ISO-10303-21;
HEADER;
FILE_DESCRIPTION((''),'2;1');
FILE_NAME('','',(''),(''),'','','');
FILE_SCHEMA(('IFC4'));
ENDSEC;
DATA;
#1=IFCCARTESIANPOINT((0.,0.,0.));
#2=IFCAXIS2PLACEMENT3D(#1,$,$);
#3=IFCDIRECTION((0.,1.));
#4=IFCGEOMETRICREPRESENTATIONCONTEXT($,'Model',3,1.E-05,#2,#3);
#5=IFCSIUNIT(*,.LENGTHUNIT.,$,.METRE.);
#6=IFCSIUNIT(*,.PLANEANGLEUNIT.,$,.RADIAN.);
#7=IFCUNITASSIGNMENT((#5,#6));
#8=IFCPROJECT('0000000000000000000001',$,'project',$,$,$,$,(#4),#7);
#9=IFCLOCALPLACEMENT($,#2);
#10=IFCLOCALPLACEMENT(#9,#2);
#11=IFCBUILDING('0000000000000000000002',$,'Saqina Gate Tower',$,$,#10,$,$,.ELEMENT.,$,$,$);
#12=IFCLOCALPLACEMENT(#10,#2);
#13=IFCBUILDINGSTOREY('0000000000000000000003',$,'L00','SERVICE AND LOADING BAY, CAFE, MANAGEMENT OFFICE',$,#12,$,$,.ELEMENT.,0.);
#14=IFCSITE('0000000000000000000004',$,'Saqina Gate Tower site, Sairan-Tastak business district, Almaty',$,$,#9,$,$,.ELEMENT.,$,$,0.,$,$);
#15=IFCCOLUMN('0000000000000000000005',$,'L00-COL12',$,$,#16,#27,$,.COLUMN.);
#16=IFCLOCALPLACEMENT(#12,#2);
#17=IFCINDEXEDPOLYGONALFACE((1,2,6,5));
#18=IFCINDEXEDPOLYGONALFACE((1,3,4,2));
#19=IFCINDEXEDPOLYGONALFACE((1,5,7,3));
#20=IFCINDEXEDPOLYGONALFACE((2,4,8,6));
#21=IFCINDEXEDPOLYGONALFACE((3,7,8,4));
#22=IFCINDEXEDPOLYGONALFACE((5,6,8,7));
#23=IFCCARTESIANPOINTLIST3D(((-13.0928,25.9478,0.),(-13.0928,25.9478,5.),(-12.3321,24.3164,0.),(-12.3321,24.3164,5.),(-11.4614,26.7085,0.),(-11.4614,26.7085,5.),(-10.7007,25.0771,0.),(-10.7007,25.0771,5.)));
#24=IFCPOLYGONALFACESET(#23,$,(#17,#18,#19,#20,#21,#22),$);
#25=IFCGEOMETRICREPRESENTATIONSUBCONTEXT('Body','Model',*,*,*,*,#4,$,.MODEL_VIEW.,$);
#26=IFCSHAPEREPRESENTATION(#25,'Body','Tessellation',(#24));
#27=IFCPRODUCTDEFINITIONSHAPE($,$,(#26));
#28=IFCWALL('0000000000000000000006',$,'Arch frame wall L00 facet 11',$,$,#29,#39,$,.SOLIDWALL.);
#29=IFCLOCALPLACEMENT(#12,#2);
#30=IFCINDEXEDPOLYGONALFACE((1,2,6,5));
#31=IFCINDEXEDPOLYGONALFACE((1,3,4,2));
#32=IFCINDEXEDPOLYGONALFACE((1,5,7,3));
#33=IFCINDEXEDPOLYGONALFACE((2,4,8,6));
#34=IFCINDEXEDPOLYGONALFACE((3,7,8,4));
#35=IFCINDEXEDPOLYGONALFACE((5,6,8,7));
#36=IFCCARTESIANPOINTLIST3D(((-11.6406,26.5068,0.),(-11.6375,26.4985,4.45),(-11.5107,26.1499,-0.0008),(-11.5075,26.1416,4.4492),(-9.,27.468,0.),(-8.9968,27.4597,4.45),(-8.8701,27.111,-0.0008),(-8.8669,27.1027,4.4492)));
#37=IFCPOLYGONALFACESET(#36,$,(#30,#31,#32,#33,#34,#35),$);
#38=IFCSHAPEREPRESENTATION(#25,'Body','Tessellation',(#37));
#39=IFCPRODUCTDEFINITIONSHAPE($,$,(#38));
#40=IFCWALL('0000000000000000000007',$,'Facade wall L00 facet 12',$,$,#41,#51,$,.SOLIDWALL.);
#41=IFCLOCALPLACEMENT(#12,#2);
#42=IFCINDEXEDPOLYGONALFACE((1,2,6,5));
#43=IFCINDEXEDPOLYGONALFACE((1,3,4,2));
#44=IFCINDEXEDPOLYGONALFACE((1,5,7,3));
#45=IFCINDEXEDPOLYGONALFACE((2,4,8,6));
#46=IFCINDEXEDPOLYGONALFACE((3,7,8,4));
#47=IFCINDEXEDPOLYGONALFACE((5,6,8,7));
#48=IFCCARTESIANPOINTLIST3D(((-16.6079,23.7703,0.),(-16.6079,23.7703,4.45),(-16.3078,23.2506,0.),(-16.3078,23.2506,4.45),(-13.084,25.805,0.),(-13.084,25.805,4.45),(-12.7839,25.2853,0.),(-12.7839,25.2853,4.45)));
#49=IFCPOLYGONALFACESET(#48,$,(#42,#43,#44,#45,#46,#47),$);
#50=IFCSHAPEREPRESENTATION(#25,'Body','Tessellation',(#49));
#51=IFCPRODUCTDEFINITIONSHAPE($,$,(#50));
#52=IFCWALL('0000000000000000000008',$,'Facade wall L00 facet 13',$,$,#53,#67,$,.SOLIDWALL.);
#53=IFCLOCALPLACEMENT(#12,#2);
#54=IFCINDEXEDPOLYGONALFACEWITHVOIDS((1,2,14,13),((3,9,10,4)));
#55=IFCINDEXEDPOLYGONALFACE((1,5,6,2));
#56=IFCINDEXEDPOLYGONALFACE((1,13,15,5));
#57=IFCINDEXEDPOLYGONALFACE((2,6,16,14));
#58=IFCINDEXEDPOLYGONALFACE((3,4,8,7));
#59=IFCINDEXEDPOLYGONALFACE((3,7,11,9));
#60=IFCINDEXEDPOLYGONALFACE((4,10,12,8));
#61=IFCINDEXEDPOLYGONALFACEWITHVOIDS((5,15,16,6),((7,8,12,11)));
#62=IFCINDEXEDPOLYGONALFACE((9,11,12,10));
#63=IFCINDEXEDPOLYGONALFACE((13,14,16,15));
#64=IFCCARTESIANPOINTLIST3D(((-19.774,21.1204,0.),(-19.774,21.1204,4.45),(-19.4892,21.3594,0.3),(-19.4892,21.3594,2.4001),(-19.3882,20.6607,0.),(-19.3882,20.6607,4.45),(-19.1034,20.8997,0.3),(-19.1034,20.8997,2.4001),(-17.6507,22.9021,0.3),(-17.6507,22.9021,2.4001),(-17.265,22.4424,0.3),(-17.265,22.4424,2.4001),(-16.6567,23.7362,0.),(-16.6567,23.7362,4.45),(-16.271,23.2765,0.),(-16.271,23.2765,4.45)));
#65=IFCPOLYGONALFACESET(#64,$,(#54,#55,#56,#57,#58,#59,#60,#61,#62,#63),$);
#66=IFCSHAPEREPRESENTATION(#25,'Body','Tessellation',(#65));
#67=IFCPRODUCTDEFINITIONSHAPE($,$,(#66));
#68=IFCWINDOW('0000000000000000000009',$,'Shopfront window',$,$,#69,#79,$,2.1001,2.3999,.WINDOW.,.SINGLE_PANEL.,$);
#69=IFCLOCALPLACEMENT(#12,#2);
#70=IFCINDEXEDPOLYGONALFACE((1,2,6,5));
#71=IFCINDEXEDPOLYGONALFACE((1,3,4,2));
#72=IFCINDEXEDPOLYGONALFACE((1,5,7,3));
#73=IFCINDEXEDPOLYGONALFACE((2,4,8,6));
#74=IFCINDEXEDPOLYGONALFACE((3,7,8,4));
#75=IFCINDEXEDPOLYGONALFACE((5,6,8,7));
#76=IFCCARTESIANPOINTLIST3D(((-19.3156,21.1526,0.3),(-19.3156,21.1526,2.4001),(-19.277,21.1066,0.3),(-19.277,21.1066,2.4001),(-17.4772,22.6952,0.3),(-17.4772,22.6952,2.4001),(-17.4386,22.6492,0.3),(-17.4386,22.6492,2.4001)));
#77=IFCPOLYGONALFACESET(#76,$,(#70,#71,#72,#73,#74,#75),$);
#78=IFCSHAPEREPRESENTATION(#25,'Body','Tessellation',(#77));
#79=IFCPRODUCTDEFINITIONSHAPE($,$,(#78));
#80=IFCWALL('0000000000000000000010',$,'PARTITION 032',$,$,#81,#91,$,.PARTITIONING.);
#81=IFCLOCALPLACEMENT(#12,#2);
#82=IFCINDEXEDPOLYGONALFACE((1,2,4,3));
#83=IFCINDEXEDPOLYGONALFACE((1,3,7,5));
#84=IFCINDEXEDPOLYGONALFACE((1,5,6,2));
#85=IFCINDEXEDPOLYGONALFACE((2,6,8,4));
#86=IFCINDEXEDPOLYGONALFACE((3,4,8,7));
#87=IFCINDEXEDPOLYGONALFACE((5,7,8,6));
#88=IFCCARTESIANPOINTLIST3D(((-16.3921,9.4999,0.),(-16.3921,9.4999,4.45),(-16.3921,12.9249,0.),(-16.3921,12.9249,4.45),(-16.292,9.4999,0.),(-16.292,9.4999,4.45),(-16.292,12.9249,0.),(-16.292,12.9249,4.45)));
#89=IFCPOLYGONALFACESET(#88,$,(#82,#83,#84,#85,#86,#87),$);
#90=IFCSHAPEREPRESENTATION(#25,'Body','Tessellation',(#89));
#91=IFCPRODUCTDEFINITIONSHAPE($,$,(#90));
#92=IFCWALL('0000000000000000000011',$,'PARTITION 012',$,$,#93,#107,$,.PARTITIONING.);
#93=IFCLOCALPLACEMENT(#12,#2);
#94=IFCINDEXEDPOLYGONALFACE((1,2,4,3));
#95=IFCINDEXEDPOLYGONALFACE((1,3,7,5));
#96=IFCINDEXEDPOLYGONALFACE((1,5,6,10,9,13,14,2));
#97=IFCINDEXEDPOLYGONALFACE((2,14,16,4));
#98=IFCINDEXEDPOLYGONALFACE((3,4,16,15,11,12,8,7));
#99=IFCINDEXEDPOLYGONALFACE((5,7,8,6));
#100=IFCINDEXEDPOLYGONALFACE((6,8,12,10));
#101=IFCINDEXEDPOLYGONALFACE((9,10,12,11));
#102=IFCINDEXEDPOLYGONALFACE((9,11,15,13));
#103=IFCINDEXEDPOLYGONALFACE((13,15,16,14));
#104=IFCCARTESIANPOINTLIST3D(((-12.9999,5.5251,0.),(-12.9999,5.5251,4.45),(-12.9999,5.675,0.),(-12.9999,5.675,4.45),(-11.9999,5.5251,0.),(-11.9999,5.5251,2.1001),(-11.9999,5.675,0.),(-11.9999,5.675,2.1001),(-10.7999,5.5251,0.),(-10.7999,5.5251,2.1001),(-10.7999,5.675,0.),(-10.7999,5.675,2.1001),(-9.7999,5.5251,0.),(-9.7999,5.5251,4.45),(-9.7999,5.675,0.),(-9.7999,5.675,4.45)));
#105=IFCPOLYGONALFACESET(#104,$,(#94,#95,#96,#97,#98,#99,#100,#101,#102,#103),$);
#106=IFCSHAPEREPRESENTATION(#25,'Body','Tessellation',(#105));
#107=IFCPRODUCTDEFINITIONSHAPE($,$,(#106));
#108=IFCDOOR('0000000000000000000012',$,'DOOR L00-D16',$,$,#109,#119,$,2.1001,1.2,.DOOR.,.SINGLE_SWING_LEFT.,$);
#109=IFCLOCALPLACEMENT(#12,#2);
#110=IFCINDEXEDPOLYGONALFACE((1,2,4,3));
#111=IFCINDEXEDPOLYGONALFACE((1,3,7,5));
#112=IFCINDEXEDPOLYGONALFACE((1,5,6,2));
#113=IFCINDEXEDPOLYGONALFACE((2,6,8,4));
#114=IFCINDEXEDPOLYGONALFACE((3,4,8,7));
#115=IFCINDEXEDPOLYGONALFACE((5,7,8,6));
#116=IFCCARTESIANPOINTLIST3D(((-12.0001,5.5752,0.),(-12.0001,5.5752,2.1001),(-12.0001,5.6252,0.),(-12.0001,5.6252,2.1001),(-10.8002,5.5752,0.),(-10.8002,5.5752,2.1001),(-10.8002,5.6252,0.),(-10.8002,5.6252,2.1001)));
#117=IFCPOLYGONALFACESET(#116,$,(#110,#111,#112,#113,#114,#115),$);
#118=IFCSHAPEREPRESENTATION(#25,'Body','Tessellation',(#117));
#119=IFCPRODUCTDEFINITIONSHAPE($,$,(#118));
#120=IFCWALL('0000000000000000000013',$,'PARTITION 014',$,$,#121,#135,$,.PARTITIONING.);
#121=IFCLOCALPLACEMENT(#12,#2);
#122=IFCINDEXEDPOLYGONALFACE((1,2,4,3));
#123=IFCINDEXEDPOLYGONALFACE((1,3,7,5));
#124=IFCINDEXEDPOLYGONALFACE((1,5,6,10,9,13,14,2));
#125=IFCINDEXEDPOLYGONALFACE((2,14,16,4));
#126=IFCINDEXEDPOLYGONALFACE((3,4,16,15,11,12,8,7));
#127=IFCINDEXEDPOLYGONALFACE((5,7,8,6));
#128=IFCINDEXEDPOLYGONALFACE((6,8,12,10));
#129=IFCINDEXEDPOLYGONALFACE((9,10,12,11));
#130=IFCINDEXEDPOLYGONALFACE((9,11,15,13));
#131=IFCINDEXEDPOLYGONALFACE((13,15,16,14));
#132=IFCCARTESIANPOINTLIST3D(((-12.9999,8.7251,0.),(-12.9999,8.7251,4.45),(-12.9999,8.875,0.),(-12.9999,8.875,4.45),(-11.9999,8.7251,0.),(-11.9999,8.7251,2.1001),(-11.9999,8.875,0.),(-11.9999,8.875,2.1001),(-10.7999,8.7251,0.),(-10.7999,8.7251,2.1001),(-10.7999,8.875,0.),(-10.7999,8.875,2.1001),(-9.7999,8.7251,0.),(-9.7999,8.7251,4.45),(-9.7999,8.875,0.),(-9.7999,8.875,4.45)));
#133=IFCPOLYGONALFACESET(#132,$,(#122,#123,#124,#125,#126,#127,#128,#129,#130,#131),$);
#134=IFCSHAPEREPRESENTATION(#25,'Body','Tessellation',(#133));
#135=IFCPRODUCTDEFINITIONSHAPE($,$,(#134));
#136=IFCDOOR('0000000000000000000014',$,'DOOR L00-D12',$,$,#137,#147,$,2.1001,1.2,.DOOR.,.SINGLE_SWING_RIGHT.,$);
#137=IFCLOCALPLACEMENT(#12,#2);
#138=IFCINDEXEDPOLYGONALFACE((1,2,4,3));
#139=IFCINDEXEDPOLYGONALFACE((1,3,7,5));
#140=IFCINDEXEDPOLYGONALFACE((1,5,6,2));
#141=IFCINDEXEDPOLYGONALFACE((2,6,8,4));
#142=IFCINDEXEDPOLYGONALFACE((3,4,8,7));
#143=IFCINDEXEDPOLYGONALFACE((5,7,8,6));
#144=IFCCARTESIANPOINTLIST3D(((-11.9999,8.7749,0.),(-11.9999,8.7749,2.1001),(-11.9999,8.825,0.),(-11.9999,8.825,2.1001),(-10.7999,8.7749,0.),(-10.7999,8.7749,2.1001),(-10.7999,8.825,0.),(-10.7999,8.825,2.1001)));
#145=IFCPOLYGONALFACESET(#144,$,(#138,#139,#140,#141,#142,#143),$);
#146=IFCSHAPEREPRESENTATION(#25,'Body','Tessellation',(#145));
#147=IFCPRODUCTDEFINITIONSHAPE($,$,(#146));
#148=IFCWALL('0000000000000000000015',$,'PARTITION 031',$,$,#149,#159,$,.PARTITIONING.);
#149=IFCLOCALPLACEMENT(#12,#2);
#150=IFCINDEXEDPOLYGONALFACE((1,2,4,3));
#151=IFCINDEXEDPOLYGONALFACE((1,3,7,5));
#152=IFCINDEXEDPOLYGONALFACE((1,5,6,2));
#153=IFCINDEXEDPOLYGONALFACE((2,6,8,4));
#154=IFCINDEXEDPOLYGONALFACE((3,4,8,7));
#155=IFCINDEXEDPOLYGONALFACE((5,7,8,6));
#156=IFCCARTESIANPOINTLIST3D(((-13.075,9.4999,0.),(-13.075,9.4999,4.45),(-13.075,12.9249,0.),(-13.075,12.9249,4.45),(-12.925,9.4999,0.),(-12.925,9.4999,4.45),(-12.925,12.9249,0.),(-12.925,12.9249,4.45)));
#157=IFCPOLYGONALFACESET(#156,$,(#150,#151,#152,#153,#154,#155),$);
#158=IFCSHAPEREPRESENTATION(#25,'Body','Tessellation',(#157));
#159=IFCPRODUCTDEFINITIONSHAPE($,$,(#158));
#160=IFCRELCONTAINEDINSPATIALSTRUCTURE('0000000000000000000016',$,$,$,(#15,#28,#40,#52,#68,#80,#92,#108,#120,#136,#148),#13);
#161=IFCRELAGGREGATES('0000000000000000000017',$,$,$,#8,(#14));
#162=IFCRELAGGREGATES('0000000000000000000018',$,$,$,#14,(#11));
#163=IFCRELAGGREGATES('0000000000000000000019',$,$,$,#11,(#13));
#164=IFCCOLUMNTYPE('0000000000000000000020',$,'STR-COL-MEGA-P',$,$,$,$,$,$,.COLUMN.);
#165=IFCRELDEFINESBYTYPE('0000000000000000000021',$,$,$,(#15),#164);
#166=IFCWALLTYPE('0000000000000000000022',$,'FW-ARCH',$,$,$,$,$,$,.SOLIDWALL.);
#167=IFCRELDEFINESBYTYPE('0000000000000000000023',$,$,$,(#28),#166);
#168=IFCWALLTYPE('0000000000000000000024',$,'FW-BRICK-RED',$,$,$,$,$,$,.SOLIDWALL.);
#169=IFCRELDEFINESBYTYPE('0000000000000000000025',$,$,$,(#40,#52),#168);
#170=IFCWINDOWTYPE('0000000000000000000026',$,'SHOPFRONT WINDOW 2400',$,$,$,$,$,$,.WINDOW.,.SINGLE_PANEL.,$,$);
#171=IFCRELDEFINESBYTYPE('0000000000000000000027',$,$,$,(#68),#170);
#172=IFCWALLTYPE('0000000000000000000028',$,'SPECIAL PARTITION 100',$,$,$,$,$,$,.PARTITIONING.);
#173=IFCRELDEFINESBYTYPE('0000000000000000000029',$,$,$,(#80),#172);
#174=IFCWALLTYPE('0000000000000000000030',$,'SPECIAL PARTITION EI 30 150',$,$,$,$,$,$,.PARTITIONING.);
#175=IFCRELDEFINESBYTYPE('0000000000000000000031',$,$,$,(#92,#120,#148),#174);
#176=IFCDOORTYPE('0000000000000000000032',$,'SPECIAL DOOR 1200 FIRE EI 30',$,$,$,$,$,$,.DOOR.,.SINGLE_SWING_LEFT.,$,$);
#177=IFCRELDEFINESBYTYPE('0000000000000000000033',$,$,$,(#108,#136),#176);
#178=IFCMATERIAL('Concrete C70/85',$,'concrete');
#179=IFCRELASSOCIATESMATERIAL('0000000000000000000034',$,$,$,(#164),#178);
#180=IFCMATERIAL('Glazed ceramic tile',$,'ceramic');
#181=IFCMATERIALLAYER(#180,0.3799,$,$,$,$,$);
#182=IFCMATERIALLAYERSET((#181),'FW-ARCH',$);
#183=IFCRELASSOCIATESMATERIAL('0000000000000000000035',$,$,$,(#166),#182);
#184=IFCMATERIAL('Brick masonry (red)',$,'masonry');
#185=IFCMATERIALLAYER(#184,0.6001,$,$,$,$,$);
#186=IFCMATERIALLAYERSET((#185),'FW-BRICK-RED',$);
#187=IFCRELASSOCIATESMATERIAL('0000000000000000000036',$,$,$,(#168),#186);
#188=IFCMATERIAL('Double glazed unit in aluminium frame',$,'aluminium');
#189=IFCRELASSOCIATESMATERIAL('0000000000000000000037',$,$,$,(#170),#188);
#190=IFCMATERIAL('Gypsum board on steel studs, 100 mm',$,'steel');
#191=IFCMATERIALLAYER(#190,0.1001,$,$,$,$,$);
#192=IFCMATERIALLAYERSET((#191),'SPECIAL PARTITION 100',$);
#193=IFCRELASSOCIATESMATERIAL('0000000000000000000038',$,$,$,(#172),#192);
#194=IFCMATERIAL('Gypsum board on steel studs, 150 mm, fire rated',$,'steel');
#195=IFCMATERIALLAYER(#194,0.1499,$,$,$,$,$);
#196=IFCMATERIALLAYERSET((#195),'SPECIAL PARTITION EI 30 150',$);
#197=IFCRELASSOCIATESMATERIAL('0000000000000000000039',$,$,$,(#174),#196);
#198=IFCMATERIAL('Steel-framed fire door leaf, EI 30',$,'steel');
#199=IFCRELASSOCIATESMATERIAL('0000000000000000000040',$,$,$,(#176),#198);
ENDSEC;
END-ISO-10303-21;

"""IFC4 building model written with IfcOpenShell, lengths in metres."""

from ifc_helpers import new_model, si_unit, direction, frame, frame_2d, origin, origin_2d, place, context, subcontext, project, spatial, polyline, rectangle, outline, extrude, material, layer, layer_set, material_profile, profile_set, type_object, element, fill, save


model = new_model("IFC4")

# Units and contexts
model_context = context("Model", 3, precision=1e-05, world=origin(), true_north=direction((0.0, 1.0)))
body_context = subcontext(model_context, "Body", "Model", "MODEL_VIEW")
ifc_project = project(units=[si_unit("LENGTHUNIT", "METRE"), si_unit("PLANEANGLEUNIT", "RADIAN")], contexts=[model_context])

# Site, building, storey
site_placement = place(None, origin())
site = spatial("IfcSite", under=ifc_project, at=site_placement, Name="Saqina Gate Tower site, Sairan-Tastak business district, Almaty", CompositionType="ELEMENT", RefElevation=0.0)
building_placement = place(site_placement, origin())
building = spatial("IfcBuilding", under=site, at=building_placement, Name="Saqina Gate Tower", CompositionType="ELEMENT")
storey_placement = place(building_placement, origin())
storey = spatial("IfcBuildingStorey", under=building, at=storey_placement, Name="L00", Description="SERVICE AND LOADING BAY, CAFE, MANAGEMENT OFFICE", CompositionType="ELEMENT", Elevation=0.0)

# Column
ifc_material_1 = material(Name="Concrete C70/85", Category="concrete")
ifc_material_profile = material_profile(ifc_material_1, rectangle(XDim=1.8, YDim=1.8, at=origin_2d()), Name="RC 1800x1800")
ifc_profile_set = profile_set([ifc_material_profile], Name="Concrete C70/85")
column_type = type_object("IfcColumnType", Name="STR-COL-MEGA-P", PredefinedType="COLUMN", material=ifc_profile_set)
column_placement = place(storey_placement, frame((-11.8967, 25.5125, 0.0), z_axis=(0.0, 0.0, 1.0), x_axis=(-0.422618, 0.906308, 0.0)))
element("IfcColumn", 1, at=column_placement, inside=storey, type_object=column_type, Name="L00-COL12", PredefinedType="COLUMN", context=body_context, shape_type="SweptSolid", body=[
    extrude(rectangle(XDim=1.8, YDim=1.8, at=origin_2d()), origin(), (0.0, 0.0, 1.0), 5.0),
])

# Walls
ifc_material_2 = material(Name="Glazed ceramic tile", Category="ceramic")
ifc_layer_1 = layer(ifc_material_2, 0.3799)
ifc_layer_set_1 = layer_set([ifc_layer_1], Name="FW-ARCH")
wall_type_1 = type_object("IfcWallType", Name="FW-ARCH", PredefinedType="SOLIDWALL", material=ifc_layer_set_1)
wall_1_placement = place(storey_placement, frame((-11.6406, 26.5068, 0.0), z_axis=(-0.342042, 0.939682, 0.001997), x_axis=(0.939684, 0.342043, 0.0)))
element("IfcWall", 2, at=wall_1_placement, inside=storey, type_object=wall_type_1, Name="Arch frame wall L00 facet 11", PredefinedType="SOLIDWALL", context=body_context, shape_type="SweptSolid", body=[
    extrude(outline(polyline([(0.0, 0.0), (2.8101, 0.0), (2.8103, -4.45), (0.0001, -4.45), (0.0, 0.0)])), origin(), (0.0, 0.0, -1.0), 0.3799),
])
ifc_material_3 = material(Name="Brick masonry (red)", Category="masonry")
ifc_layer_2 = layer(ifc_material_3, 0.6001)
ifc_layer_set_2 = layer_set([ifc_layer_2], Name="FW-BRICK-RED")
wall_type_2 = type_object("IfcWallType", Name="FW-BRICK-RED", PredefinedType="SOLIDWALL", material=ifc_layer_set_2)
wall_2_placement = place(storey_placement, frame((-12.9338, 25.5452, 0.0), z_axis=(0.0, 0.0, 1.0), x_axis=(-0.866012, -0.500024, 0.0)))
element("IfcWall", 3, at=wall_2_placement, inside=storey, type_object=wall_type_2, Name="Facade wall L00 facet 12", PredefinedType="SOLIDWALL", context=body_context, shape_type="SweptSolid", body=[
    extrude(rectangle(XDim=4.0691, YDim=0.6001, at=frame_2d((2.0347, 0.0))), origin(), (0.0, 0.0, 1.0), 4.45),
])

# Wall, opening, window
wall_3_placement = place(storey_placement, frame((-16.4639, 23.5063, 0.0), z_axis=(0.0, 0.0, 1.0), x_axis=(-0.766033, -0.642801, 0.0)))
wall_3 = element("IfcWall", 4, at=wall_3_placement, inside=storey, type_object=wall_type_2, Name="Facade wall L00 facet 13", PredefinedType="SOLIDWALL", context=body_context, shape_type="SweptSolid", body=[
    extrude(rectangle(XDim=4.0693, YDim=0.6001, at=frame_2d((2.0347, 0.0))), origin(), (0.0, 0.0, 1.0), 4.45),
])
opening_1_placement = place(wall_3_placement, frame((1.2976, 0.0, 0.3)))
opening_1 = element("IfcOpeningElement", 5, at=opening_1_placement, cuts=wall_3, PredefinedType="OPENING", context=body_context, shape_type="SweptSolid", body=[
    extrude(rectangle(XDim=2.3999, YDim=2.1001, at=frame_2d((1.2, 1.05))), frame((0.0, 0.312, 0.0), z_axis=(0.0, -1.0, 0.0), x_axis=(1.0, 0.0, 0.0)), (0.0, 0.0, 1.0), 0.624),
])
ifc_material_4 = material(Name="Double glazed unit in aluminium frame", Category="aluminium")
window_type = type_object("IfcWindowType", Name="SHOPFRONT WINDOW 2400", PartitioningType="SINGLE_PANEL", PredefinedType="WINDOW", material=ifc_material_4)
window_placement = place(opening_1_placement, origin())
window = element("IfcWindow", 6, at=window_placement, inside=storey, type_object=window_type, Name="Shopfront window", OverallHeight=2.1001, OverallWidth=2.3999, PartitioningType="SINGLE_PANEL", PredefinedType="WINDOW", context=body_context, shape_type="SweptSolid", body=[
    extrude(rectangle(XDim=2.3999, YDim=2.1001, at=frame_2d((1.2, 1.05))), frame((0.0, 0.03, 0.0), z_axis=(0.0, -1.0, 0.0), x_axis=(1.0, 0.0, 0.0)), (0.0, 0.0, 1.0), 0.0601),
])
fill(opening_1, window)

# Wall
ifc_material_5 = material(Name="Gypsum board on steel studs, 100 mm", Category="steel")
ifc_layer_3 = layer(ifc_material_5, 0.1001)
ifc_layer_set_3 = layer_set([ifc_layer_3], Name="SPECIAL PARTITION 100")
wall_type_3 = type_object("IfcWallType", Name="SPECIAL PARTITION 100", PredefinedType="PARTITIONING", material=ifc_layer_set_3)
wall_4_placement = place(storey_placement, frame((-16.342, 9.5, 0.0), z_axis=(0.0, 0.0, 1.0), x_axis=(0.0, 1.0, 0.0)))
element("IfcWall", 7, at=wall_4_placement, inside=storey, type_object=wall_type_3, Name="PARTITION 032", PredefinedType="PARTITIONING", context=body_context, shape_type="SweptSolid", body=[
    extrude(rectangle(XDim=3.425, YDim=0.1001, at=frame_2d((1.7124, 0.0))), origin(), (0.0, 0.0, 1.0), 4.45),
])

# Walls, openings, doors
ifc_material_6 = material(Name="Gypsum board on steel studs, 150 mm, fire rated", Category="steel")
ifc_layer_4 = layer(ifc_material_6, 0.1499)
ifc_layer_set_4 = layer_set([ifc_layer_4], Name="SPECIAL PARTITION EI 30 150")
wall_type_4 = type_object("IfcWallType", Name="SPECIAL PARTITION EI 30 150", PredefinedType="PARTITIONING", material=ifc_layer_set_4)
wall_5_placement = place(storey_placement, frame((-13.0, 5.6001, 0.0), z_axis=(0.0, 0.0, 1.0), x_axis=(1.0, 0.0, 0.0)))
wall_5 = element("IfcWall", 8, at=wall_5_placement, inside=storey, type_object=wall_type_4, Name="PARTITION 012", PredefinedType="PARTITIONING", context=body_context, shape_type="SweptSolid", body=[
    extrude(rectangle(XDim=3.2, YDim=0.1499, at=frame_2d((1.6001, 0.0))), origin(), (0.0, 0.0, 1.0), 4.45),
])
opening_2_placement = place(wall_5_placement, frame((1.0, 0.0, 0.0)))
opening_2 = element("IfcOpeningElement", 9, at=opening_2_placement, cuts=wall_5, PredefinedType="OPENING", context=body_context, shape_type="SweptSolid", body=[
    extrude(rectangle(XDim=1.2, YDim=2.1001, at=frame_2d((0.6001, 1.05))), frame((0.0, 0.0869, 0.0), z_axis=(0.0, -1.0, 0.0), x_axis=(1.0, 0.0, 0.0)), (0.0, 0.0, 1.0), 0.1738),
])
ifc_material_7 = material(Name="Steel-framed fire door leaf, EI 30", Category="steel")
door_type_1 = type_object("IfcDoorType", Name="SPECIAL DOOR 1200 FIRE EI 30", OperationType="SINGLE_SWING_LEFT", PredefinedType="DOOR", material=ifc_material_7)
door_1_placement = place(opening_2_placement, frame((1.2, 0.0, 0.0), z_axis=(0.0, 0.0, 1.0), x_axis=(-1.0, 0.0, 0.0)))
door_1 = element("IfcDoor", 10, at=door_1_placement, inside=storey, type_object=door_type_1, Name="DOOR L00-D16", OperationType="SINGLE_SWING_LEFT", OverallHeight=2.1001, OverallWidth=1.2, PredefinedType="DOOR", context=body_context, shape_type="SweptSolid", body=[
    extrude(rectangle(XDim=1.2, YDim=2.1001, at=frame_2d((0.6001, 1.05))), frame((0.0, 0.0249, 0.0), z_axis=(0.0, -1.0, 0.0), x_axis=(1.0, 0.0, 0.0)), (0.0, 0.0, 1.0), 0.05),
])
fill(opening_2, door_1)
wall_6_placement = place(storey_placement, frame((-13.0, 8.8, 0.0), z_axis=(0.0, 0.0, 1.0), x_axis=(1.0, 0.0, 0.0)))
wall_6 = element("IfcWall", 11, at=wall_6_placement, inside=storey, type_object=wall_type_4, Name="PARTITION 014", PredefinedType="PARTITIONING", context=body_context, shape_type="SweptSolid", body=[
    extrude(rectangle(XDim=3.2, YDim=0.1499, at=frame_2d((1.6001, 0.0))), origin(), (0.0, 0.0, 1.0), 4.45),
])
opening_3_placement = place(wall_6_placement, frame((1.0, 0.0, 0.0)))
opening_3 = element("IfcOpeningElement", 12, at=opening_3_placement, cuts=wall_6, PredefinedType="OPENING", context=body_context, shape_type="SweptSolid", body=[
    extrude(rectangle(XDim=1.2, YDim=2.1001, at=frame_2d((0.6001, 1.05))), frame((0.0, 0.0869, 0.0), z_axis=(0.0, -1.0, 0.0), x_axis=(1.0, 0.0, 0.0)), (0.0, 0.0, 1.0), 0.1738),
])
door_2_placement = place(opening_3_placement, origin())
door_2 = element("IfcDoor", 13, at=door_2_placement, inside=storey, type_object=door_type_1, Name="DOOR L00-D12", OperationType="SINGLE_SWING_RIGHT", OverallHeight=2.1001, OverallWidth=1.2, PredefinedType="DOOR", context=body_context, shape_type="SweptSolid", body=[
    extrude(rectangle(XDim=1.2, YDim=2.1001, at=frame_2d((0.6001, 1.05))), frame((0.0, 0.0249, 0.0), z_axis=(0.0, -1.0, 0.0), x_axis=(1.0, 0.0, 0.0)), (0.0, 0.0, 1.0), 0.05),
])
fill(opening_3, door_2)

# Wall
wall_7_placement = place(storey_placement, frame((-13.0, 9.5, 0.0), z_axis=(0.0, 0.0, 1.0), x_axis=(0.0, 1.0, 0.0)))
element("IfcWall", 14, at=wall_7_placement, inside=storey, type_object=wall_type_4, Name="PARTITION 031", PredefinedType="PARTITIONING", context=body_context, shape_type="SweptSolid", body=[
    extrude(rectangle(XDim=3.425, YDim=0.1499, at=frame_2d((1.7124, 0.0))), origin(), (0.0, 0.0, 1.0), 4.45),
])

save(model, "model.ifc")
